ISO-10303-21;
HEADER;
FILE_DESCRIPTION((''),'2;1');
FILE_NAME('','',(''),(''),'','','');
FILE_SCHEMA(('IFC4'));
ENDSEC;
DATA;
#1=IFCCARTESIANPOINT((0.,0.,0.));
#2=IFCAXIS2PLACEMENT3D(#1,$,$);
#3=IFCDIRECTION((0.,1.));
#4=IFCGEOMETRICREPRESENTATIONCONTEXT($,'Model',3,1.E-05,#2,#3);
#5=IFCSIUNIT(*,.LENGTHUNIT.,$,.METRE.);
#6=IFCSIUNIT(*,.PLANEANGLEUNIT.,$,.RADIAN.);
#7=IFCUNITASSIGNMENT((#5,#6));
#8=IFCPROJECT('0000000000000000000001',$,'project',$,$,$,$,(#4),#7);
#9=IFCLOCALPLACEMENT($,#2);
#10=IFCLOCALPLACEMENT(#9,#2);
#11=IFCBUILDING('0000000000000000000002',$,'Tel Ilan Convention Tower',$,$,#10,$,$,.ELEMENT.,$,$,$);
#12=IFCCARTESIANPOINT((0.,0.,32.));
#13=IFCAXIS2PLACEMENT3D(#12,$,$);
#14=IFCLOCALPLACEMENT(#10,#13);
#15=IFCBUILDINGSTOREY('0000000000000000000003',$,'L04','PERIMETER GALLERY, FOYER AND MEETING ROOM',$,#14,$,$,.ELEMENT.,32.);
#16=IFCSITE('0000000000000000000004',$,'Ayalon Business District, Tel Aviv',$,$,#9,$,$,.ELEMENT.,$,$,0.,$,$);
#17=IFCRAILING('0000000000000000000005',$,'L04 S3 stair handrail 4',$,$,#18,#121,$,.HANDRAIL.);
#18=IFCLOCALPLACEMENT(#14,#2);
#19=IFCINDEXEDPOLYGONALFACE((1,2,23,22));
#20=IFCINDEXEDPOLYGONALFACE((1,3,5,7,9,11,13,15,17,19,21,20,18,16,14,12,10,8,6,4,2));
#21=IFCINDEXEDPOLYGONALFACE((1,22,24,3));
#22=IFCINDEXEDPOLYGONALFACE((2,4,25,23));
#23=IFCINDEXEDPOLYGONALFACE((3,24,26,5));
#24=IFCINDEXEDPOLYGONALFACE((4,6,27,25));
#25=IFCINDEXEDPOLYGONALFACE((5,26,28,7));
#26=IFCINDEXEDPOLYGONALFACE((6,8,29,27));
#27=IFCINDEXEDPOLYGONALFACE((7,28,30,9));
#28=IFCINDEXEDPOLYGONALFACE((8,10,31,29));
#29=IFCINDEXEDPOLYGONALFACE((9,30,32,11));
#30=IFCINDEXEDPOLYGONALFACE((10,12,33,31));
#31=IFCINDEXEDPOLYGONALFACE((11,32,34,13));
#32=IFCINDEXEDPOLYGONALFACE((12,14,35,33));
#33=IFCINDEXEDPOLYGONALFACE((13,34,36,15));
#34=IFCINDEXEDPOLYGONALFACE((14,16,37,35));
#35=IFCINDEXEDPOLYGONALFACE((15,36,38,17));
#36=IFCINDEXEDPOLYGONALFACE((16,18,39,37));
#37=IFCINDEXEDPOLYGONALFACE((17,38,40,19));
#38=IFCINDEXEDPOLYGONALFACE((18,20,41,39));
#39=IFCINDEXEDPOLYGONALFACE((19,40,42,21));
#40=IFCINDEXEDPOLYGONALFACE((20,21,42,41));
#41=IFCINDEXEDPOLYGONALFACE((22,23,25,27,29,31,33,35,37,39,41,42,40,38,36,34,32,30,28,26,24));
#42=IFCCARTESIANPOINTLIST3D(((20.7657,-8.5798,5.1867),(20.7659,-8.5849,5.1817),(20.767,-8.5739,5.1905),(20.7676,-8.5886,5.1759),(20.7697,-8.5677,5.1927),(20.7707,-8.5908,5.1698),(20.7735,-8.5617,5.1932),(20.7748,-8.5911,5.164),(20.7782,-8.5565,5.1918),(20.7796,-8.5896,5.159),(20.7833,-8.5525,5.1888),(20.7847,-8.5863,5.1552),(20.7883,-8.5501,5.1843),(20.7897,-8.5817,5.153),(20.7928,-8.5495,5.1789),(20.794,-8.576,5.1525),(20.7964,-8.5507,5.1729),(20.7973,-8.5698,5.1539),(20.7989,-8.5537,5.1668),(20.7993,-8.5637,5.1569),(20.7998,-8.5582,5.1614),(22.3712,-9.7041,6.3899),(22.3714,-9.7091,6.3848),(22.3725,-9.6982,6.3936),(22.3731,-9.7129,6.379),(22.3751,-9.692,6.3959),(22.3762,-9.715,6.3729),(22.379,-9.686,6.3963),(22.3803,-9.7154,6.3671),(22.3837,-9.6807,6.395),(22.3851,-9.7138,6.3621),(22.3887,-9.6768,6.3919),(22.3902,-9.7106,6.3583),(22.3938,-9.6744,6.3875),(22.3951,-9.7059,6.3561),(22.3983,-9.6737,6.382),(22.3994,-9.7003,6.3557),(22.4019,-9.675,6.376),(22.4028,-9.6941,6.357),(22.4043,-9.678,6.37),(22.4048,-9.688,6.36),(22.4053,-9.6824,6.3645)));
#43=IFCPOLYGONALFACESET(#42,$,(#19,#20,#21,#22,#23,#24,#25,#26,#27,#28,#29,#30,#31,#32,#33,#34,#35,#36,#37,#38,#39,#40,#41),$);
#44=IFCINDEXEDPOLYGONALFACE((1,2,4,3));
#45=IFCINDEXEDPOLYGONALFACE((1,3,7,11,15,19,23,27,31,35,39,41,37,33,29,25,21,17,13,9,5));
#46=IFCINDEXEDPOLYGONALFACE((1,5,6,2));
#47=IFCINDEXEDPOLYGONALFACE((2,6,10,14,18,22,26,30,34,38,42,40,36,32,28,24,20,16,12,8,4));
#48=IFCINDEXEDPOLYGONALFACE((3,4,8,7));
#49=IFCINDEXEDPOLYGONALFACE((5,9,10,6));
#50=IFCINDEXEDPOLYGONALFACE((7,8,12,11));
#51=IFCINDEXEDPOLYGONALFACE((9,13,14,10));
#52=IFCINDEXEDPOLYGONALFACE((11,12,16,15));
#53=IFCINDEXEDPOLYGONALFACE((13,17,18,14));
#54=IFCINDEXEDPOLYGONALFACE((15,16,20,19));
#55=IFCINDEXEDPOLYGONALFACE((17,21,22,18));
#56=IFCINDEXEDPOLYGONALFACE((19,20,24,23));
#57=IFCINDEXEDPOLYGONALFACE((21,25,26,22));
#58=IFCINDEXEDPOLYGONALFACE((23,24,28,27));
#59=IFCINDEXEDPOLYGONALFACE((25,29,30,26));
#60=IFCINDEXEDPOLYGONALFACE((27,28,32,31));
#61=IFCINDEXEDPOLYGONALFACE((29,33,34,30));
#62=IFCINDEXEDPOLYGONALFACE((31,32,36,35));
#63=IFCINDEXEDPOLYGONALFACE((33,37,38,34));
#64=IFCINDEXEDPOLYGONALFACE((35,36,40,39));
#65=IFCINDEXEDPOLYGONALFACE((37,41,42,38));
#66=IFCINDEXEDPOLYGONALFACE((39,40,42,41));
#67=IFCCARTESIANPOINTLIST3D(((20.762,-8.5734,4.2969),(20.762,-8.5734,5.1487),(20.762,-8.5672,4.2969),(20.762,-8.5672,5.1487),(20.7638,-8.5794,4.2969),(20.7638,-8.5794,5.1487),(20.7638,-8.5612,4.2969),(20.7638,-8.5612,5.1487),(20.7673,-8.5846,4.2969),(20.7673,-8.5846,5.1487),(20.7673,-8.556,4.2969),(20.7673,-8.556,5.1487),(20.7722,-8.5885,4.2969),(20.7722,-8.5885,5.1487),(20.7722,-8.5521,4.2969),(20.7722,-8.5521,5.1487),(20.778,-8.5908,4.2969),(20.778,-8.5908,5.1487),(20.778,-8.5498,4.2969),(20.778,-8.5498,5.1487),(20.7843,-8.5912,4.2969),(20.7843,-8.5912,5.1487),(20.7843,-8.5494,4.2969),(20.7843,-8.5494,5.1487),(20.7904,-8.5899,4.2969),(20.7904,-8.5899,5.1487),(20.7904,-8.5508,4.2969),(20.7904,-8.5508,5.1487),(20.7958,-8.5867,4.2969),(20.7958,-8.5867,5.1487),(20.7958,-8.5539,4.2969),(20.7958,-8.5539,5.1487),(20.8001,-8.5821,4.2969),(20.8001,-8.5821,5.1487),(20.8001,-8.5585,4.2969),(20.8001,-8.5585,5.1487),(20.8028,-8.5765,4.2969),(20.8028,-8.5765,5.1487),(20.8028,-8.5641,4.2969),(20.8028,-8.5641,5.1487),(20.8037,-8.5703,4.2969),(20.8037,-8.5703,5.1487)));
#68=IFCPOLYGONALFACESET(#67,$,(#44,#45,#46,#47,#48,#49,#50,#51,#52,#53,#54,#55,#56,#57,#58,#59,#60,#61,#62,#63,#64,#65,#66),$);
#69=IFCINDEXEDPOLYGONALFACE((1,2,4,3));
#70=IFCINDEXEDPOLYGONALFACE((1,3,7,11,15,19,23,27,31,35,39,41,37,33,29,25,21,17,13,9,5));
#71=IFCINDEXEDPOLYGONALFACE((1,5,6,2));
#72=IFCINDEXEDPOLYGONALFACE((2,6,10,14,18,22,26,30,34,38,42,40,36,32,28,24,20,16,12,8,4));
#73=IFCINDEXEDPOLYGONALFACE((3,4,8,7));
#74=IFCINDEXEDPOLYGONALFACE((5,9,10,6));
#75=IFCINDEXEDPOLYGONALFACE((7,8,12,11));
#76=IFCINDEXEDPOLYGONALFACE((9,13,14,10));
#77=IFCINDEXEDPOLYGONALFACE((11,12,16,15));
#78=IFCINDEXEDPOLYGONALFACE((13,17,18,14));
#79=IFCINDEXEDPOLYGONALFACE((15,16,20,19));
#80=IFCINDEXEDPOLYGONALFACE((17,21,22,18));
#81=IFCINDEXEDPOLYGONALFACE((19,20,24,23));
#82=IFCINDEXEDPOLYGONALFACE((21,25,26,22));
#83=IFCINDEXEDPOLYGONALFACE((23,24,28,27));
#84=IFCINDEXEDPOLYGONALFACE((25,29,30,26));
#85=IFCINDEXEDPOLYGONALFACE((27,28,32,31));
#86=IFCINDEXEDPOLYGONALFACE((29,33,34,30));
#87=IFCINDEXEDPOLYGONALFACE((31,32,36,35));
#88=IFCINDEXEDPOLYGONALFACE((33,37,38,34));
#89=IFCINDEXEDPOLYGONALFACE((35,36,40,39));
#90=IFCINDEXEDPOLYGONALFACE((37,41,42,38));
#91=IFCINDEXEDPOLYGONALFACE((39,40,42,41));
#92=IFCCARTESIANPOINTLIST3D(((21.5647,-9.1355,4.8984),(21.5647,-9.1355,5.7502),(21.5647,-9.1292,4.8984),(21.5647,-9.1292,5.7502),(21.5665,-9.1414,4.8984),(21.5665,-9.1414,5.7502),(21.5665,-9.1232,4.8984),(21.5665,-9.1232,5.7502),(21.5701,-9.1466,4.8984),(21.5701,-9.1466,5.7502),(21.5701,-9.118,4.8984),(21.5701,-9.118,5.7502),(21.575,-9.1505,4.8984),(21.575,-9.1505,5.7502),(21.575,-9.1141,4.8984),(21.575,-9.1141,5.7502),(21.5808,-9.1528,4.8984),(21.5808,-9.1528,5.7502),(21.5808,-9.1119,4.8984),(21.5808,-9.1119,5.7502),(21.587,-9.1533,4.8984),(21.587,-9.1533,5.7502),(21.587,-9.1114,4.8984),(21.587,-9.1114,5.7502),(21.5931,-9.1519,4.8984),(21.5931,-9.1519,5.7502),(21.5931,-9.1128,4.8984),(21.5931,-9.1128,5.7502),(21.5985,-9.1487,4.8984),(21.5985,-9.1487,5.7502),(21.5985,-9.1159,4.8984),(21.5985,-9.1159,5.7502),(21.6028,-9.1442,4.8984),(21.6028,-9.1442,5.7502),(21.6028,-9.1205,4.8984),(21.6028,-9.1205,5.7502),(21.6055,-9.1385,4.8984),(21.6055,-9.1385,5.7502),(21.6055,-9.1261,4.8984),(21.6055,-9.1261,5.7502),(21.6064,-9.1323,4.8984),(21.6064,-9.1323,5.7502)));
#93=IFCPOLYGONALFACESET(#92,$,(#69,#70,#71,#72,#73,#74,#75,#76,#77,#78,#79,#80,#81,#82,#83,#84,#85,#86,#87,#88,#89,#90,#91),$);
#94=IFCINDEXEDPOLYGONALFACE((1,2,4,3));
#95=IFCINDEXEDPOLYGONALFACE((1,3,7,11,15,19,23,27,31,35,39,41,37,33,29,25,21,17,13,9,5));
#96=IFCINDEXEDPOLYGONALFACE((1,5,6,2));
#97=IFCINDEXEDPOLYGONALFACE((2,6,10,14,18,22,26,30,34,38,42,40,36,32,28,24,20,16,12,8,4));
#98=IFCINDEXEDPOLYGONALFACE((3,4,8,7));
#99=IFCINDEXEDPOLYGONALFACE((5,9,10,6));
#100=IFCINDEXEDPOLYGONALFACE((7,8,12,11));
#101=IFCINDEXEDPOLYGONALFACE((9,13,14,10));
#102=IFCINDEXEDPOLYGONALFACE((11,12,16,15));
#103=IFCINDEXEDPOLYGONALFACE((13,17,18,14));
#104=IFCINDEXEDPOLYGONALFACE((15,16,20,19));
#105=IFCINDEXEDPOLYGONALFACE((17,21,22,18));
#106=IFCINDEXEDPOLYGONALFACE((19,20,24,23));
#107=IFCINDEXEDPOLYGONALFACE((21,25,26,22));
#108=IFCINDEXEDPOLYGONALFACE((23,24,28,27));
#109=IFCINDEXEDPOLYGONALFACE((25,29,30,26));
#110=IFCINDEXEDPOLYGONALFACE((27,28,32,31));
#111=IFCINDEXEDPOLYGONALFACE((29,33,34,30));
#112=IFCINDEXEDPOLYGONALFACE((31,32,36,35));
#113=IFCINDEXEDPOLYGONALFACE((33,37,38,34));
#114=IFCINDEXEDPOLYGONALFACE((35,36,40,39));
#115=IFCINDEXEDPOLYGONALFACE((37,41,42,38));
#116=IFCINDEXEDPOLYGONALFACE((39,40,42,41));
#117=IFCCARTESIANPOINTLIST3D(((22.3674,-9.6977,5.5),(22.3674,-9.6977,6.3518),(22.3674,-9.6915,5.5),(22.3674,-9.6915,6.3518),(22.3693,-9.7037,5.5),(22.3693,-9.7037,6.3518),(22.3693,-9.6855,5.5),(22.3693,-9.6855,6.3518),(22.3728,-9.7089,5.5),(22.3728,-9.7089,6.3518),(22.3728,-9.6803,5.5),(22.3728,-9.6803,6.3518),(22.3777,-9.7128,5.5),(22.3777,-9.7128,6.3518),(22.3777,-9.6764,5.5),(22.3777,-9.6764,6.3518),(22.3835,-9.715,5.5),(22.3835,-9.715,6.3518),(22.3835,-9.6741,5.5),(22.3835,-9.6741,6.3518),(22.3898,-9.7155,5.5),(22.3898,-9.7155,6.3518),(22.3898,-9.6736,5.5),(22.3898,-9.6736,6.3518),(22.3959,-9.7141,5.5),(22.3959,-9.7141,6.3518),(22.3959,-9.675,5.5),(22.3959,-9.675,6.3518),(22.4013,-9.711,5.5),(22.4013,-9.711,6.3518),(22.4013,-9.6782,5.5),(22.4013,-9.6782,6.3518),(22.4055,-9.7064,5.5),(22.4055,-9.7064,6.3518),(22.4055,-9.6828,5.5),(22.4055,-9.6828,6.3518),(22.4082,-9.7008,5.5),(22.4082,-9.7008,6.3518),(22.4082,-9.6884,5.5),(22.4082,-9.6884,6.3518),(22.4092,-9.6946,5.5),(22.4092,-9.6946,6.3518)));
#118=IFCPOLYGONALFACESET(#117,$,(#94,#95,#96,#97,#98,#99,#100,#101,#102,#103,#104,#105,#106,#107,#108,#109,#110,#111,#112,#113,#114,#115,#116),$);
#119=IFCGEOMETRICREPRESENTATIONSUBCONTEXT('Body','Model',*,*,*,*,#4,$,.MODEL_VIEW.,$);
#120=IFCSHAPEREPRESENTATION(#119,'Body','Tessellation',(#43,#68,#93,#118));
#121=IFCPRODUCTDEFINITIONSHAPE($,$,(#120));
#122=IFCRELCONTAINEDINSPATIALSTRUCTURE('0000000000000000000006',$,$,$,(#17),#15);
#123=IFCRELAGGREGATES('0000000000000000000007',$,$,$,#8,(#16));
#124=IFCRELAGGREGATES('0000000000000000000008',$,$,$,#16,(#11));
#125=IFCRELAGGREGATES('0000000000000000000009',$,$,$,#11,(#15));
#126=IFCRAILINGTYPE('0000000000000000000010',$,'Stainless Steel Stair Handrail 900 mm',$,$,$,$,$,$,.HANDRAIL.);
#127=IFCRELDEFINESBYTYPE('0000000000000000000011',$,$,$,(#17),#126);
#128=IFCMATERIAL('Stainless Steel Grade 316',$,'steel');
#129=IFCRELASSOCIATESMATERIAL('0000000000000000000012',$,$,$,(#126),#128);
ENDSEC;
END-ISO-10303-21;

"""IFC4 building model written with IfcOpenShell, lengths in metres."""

from ifc_helpers import new_model, si_unit, direction, frame, origin, origin_2d, place, context, subcontext, project, spatial, circle, extrude, material, type_object, element, save


model = new_model("IFC4")

# Units and contexts
model_context = context("Model", 3, precision=1e-05, world=origin(), true_north=direction((0.0, 1.0)))
body_context = subcontext(model_context, "Body", "Model", "MODEL_VIEW")
ifc_project = project(units=[si_unit("LENGTHUNIT", "METRE"), si_unit("PLANEANGLEUNIT", "RADIAN")], contexts=[model_context])

# Site, building, storey
site_placement = place(None, origin())
site = spatial("IfcSite", under=ifc_project, at=site_placement, Name="Ayalon Business District, Tel Aviv", CompositionType="ELEMENT", RefElevation=0.0)
building_placement = place(site_placement, origin())
building = spatial("IfcBuilding", under=site, at=building_placement, Name="Tel Ilan Convention Tower", CompositionType="ELEMENT")
storey_placement = place(building_placement, frame((0.0, 0.0, 32.0)))
storey = spatial("IfcBuildingStorey", under=building, at=storey_placement, Name="L04", Description="PERIMETER GALLERY, FOYER AND MEETING ROOM", CompositionType="ELEMENT", Elevation=32.0)

# Railing
ifc_material_1 = material(Name="Stainless Steel Grade 316", Category="steel")
railing_type_1 = type_object("IfcRailingType", Name="Stainless Steel Stair Handrail 900 mm", PredefinedType="HANDRAIL", material=ifc_material_1)
railing_1_placement = place(storey_placement, frame((20.7827, -8.5703, 4.2969)))
element("IfcRailing", 1, at=railing_1_placement, inside=storey, type_object=railing_type_1, Name="L04 S3 stair handrail 4", PredefinedType="HANDRAIL", context=body_context, shape_type="SweptSolid", body=[
    extrude(circle(Radius=0.0239, at=origin_2d()), frame((0.0, 0.0, 0.876), z_axis=(0.698095, -0.488857, 0.523146), x_axis=(0.573613, 0.819127, 0.0)), (0.0, 0.0, 1.0), 2.2998),
    extrude(circle(Radius=0.021, at=origin_2d()), origin(), (0.0, 0.0, 1.0), 0.8518),
    extrude(circle(Radius=0.021, at=origin_2d()), frame((0.8027, -0.562, 0.6016)), (0.0, 0.0, 1.0), 0.8518),
    extrude(circle(Radius=0.021, at=origin_2d()), frame((1.6055, -1.1243, 1.2031)), (0.0, 0.0, 1.0), 0.8518),
])

save(model, "model.ifc")
